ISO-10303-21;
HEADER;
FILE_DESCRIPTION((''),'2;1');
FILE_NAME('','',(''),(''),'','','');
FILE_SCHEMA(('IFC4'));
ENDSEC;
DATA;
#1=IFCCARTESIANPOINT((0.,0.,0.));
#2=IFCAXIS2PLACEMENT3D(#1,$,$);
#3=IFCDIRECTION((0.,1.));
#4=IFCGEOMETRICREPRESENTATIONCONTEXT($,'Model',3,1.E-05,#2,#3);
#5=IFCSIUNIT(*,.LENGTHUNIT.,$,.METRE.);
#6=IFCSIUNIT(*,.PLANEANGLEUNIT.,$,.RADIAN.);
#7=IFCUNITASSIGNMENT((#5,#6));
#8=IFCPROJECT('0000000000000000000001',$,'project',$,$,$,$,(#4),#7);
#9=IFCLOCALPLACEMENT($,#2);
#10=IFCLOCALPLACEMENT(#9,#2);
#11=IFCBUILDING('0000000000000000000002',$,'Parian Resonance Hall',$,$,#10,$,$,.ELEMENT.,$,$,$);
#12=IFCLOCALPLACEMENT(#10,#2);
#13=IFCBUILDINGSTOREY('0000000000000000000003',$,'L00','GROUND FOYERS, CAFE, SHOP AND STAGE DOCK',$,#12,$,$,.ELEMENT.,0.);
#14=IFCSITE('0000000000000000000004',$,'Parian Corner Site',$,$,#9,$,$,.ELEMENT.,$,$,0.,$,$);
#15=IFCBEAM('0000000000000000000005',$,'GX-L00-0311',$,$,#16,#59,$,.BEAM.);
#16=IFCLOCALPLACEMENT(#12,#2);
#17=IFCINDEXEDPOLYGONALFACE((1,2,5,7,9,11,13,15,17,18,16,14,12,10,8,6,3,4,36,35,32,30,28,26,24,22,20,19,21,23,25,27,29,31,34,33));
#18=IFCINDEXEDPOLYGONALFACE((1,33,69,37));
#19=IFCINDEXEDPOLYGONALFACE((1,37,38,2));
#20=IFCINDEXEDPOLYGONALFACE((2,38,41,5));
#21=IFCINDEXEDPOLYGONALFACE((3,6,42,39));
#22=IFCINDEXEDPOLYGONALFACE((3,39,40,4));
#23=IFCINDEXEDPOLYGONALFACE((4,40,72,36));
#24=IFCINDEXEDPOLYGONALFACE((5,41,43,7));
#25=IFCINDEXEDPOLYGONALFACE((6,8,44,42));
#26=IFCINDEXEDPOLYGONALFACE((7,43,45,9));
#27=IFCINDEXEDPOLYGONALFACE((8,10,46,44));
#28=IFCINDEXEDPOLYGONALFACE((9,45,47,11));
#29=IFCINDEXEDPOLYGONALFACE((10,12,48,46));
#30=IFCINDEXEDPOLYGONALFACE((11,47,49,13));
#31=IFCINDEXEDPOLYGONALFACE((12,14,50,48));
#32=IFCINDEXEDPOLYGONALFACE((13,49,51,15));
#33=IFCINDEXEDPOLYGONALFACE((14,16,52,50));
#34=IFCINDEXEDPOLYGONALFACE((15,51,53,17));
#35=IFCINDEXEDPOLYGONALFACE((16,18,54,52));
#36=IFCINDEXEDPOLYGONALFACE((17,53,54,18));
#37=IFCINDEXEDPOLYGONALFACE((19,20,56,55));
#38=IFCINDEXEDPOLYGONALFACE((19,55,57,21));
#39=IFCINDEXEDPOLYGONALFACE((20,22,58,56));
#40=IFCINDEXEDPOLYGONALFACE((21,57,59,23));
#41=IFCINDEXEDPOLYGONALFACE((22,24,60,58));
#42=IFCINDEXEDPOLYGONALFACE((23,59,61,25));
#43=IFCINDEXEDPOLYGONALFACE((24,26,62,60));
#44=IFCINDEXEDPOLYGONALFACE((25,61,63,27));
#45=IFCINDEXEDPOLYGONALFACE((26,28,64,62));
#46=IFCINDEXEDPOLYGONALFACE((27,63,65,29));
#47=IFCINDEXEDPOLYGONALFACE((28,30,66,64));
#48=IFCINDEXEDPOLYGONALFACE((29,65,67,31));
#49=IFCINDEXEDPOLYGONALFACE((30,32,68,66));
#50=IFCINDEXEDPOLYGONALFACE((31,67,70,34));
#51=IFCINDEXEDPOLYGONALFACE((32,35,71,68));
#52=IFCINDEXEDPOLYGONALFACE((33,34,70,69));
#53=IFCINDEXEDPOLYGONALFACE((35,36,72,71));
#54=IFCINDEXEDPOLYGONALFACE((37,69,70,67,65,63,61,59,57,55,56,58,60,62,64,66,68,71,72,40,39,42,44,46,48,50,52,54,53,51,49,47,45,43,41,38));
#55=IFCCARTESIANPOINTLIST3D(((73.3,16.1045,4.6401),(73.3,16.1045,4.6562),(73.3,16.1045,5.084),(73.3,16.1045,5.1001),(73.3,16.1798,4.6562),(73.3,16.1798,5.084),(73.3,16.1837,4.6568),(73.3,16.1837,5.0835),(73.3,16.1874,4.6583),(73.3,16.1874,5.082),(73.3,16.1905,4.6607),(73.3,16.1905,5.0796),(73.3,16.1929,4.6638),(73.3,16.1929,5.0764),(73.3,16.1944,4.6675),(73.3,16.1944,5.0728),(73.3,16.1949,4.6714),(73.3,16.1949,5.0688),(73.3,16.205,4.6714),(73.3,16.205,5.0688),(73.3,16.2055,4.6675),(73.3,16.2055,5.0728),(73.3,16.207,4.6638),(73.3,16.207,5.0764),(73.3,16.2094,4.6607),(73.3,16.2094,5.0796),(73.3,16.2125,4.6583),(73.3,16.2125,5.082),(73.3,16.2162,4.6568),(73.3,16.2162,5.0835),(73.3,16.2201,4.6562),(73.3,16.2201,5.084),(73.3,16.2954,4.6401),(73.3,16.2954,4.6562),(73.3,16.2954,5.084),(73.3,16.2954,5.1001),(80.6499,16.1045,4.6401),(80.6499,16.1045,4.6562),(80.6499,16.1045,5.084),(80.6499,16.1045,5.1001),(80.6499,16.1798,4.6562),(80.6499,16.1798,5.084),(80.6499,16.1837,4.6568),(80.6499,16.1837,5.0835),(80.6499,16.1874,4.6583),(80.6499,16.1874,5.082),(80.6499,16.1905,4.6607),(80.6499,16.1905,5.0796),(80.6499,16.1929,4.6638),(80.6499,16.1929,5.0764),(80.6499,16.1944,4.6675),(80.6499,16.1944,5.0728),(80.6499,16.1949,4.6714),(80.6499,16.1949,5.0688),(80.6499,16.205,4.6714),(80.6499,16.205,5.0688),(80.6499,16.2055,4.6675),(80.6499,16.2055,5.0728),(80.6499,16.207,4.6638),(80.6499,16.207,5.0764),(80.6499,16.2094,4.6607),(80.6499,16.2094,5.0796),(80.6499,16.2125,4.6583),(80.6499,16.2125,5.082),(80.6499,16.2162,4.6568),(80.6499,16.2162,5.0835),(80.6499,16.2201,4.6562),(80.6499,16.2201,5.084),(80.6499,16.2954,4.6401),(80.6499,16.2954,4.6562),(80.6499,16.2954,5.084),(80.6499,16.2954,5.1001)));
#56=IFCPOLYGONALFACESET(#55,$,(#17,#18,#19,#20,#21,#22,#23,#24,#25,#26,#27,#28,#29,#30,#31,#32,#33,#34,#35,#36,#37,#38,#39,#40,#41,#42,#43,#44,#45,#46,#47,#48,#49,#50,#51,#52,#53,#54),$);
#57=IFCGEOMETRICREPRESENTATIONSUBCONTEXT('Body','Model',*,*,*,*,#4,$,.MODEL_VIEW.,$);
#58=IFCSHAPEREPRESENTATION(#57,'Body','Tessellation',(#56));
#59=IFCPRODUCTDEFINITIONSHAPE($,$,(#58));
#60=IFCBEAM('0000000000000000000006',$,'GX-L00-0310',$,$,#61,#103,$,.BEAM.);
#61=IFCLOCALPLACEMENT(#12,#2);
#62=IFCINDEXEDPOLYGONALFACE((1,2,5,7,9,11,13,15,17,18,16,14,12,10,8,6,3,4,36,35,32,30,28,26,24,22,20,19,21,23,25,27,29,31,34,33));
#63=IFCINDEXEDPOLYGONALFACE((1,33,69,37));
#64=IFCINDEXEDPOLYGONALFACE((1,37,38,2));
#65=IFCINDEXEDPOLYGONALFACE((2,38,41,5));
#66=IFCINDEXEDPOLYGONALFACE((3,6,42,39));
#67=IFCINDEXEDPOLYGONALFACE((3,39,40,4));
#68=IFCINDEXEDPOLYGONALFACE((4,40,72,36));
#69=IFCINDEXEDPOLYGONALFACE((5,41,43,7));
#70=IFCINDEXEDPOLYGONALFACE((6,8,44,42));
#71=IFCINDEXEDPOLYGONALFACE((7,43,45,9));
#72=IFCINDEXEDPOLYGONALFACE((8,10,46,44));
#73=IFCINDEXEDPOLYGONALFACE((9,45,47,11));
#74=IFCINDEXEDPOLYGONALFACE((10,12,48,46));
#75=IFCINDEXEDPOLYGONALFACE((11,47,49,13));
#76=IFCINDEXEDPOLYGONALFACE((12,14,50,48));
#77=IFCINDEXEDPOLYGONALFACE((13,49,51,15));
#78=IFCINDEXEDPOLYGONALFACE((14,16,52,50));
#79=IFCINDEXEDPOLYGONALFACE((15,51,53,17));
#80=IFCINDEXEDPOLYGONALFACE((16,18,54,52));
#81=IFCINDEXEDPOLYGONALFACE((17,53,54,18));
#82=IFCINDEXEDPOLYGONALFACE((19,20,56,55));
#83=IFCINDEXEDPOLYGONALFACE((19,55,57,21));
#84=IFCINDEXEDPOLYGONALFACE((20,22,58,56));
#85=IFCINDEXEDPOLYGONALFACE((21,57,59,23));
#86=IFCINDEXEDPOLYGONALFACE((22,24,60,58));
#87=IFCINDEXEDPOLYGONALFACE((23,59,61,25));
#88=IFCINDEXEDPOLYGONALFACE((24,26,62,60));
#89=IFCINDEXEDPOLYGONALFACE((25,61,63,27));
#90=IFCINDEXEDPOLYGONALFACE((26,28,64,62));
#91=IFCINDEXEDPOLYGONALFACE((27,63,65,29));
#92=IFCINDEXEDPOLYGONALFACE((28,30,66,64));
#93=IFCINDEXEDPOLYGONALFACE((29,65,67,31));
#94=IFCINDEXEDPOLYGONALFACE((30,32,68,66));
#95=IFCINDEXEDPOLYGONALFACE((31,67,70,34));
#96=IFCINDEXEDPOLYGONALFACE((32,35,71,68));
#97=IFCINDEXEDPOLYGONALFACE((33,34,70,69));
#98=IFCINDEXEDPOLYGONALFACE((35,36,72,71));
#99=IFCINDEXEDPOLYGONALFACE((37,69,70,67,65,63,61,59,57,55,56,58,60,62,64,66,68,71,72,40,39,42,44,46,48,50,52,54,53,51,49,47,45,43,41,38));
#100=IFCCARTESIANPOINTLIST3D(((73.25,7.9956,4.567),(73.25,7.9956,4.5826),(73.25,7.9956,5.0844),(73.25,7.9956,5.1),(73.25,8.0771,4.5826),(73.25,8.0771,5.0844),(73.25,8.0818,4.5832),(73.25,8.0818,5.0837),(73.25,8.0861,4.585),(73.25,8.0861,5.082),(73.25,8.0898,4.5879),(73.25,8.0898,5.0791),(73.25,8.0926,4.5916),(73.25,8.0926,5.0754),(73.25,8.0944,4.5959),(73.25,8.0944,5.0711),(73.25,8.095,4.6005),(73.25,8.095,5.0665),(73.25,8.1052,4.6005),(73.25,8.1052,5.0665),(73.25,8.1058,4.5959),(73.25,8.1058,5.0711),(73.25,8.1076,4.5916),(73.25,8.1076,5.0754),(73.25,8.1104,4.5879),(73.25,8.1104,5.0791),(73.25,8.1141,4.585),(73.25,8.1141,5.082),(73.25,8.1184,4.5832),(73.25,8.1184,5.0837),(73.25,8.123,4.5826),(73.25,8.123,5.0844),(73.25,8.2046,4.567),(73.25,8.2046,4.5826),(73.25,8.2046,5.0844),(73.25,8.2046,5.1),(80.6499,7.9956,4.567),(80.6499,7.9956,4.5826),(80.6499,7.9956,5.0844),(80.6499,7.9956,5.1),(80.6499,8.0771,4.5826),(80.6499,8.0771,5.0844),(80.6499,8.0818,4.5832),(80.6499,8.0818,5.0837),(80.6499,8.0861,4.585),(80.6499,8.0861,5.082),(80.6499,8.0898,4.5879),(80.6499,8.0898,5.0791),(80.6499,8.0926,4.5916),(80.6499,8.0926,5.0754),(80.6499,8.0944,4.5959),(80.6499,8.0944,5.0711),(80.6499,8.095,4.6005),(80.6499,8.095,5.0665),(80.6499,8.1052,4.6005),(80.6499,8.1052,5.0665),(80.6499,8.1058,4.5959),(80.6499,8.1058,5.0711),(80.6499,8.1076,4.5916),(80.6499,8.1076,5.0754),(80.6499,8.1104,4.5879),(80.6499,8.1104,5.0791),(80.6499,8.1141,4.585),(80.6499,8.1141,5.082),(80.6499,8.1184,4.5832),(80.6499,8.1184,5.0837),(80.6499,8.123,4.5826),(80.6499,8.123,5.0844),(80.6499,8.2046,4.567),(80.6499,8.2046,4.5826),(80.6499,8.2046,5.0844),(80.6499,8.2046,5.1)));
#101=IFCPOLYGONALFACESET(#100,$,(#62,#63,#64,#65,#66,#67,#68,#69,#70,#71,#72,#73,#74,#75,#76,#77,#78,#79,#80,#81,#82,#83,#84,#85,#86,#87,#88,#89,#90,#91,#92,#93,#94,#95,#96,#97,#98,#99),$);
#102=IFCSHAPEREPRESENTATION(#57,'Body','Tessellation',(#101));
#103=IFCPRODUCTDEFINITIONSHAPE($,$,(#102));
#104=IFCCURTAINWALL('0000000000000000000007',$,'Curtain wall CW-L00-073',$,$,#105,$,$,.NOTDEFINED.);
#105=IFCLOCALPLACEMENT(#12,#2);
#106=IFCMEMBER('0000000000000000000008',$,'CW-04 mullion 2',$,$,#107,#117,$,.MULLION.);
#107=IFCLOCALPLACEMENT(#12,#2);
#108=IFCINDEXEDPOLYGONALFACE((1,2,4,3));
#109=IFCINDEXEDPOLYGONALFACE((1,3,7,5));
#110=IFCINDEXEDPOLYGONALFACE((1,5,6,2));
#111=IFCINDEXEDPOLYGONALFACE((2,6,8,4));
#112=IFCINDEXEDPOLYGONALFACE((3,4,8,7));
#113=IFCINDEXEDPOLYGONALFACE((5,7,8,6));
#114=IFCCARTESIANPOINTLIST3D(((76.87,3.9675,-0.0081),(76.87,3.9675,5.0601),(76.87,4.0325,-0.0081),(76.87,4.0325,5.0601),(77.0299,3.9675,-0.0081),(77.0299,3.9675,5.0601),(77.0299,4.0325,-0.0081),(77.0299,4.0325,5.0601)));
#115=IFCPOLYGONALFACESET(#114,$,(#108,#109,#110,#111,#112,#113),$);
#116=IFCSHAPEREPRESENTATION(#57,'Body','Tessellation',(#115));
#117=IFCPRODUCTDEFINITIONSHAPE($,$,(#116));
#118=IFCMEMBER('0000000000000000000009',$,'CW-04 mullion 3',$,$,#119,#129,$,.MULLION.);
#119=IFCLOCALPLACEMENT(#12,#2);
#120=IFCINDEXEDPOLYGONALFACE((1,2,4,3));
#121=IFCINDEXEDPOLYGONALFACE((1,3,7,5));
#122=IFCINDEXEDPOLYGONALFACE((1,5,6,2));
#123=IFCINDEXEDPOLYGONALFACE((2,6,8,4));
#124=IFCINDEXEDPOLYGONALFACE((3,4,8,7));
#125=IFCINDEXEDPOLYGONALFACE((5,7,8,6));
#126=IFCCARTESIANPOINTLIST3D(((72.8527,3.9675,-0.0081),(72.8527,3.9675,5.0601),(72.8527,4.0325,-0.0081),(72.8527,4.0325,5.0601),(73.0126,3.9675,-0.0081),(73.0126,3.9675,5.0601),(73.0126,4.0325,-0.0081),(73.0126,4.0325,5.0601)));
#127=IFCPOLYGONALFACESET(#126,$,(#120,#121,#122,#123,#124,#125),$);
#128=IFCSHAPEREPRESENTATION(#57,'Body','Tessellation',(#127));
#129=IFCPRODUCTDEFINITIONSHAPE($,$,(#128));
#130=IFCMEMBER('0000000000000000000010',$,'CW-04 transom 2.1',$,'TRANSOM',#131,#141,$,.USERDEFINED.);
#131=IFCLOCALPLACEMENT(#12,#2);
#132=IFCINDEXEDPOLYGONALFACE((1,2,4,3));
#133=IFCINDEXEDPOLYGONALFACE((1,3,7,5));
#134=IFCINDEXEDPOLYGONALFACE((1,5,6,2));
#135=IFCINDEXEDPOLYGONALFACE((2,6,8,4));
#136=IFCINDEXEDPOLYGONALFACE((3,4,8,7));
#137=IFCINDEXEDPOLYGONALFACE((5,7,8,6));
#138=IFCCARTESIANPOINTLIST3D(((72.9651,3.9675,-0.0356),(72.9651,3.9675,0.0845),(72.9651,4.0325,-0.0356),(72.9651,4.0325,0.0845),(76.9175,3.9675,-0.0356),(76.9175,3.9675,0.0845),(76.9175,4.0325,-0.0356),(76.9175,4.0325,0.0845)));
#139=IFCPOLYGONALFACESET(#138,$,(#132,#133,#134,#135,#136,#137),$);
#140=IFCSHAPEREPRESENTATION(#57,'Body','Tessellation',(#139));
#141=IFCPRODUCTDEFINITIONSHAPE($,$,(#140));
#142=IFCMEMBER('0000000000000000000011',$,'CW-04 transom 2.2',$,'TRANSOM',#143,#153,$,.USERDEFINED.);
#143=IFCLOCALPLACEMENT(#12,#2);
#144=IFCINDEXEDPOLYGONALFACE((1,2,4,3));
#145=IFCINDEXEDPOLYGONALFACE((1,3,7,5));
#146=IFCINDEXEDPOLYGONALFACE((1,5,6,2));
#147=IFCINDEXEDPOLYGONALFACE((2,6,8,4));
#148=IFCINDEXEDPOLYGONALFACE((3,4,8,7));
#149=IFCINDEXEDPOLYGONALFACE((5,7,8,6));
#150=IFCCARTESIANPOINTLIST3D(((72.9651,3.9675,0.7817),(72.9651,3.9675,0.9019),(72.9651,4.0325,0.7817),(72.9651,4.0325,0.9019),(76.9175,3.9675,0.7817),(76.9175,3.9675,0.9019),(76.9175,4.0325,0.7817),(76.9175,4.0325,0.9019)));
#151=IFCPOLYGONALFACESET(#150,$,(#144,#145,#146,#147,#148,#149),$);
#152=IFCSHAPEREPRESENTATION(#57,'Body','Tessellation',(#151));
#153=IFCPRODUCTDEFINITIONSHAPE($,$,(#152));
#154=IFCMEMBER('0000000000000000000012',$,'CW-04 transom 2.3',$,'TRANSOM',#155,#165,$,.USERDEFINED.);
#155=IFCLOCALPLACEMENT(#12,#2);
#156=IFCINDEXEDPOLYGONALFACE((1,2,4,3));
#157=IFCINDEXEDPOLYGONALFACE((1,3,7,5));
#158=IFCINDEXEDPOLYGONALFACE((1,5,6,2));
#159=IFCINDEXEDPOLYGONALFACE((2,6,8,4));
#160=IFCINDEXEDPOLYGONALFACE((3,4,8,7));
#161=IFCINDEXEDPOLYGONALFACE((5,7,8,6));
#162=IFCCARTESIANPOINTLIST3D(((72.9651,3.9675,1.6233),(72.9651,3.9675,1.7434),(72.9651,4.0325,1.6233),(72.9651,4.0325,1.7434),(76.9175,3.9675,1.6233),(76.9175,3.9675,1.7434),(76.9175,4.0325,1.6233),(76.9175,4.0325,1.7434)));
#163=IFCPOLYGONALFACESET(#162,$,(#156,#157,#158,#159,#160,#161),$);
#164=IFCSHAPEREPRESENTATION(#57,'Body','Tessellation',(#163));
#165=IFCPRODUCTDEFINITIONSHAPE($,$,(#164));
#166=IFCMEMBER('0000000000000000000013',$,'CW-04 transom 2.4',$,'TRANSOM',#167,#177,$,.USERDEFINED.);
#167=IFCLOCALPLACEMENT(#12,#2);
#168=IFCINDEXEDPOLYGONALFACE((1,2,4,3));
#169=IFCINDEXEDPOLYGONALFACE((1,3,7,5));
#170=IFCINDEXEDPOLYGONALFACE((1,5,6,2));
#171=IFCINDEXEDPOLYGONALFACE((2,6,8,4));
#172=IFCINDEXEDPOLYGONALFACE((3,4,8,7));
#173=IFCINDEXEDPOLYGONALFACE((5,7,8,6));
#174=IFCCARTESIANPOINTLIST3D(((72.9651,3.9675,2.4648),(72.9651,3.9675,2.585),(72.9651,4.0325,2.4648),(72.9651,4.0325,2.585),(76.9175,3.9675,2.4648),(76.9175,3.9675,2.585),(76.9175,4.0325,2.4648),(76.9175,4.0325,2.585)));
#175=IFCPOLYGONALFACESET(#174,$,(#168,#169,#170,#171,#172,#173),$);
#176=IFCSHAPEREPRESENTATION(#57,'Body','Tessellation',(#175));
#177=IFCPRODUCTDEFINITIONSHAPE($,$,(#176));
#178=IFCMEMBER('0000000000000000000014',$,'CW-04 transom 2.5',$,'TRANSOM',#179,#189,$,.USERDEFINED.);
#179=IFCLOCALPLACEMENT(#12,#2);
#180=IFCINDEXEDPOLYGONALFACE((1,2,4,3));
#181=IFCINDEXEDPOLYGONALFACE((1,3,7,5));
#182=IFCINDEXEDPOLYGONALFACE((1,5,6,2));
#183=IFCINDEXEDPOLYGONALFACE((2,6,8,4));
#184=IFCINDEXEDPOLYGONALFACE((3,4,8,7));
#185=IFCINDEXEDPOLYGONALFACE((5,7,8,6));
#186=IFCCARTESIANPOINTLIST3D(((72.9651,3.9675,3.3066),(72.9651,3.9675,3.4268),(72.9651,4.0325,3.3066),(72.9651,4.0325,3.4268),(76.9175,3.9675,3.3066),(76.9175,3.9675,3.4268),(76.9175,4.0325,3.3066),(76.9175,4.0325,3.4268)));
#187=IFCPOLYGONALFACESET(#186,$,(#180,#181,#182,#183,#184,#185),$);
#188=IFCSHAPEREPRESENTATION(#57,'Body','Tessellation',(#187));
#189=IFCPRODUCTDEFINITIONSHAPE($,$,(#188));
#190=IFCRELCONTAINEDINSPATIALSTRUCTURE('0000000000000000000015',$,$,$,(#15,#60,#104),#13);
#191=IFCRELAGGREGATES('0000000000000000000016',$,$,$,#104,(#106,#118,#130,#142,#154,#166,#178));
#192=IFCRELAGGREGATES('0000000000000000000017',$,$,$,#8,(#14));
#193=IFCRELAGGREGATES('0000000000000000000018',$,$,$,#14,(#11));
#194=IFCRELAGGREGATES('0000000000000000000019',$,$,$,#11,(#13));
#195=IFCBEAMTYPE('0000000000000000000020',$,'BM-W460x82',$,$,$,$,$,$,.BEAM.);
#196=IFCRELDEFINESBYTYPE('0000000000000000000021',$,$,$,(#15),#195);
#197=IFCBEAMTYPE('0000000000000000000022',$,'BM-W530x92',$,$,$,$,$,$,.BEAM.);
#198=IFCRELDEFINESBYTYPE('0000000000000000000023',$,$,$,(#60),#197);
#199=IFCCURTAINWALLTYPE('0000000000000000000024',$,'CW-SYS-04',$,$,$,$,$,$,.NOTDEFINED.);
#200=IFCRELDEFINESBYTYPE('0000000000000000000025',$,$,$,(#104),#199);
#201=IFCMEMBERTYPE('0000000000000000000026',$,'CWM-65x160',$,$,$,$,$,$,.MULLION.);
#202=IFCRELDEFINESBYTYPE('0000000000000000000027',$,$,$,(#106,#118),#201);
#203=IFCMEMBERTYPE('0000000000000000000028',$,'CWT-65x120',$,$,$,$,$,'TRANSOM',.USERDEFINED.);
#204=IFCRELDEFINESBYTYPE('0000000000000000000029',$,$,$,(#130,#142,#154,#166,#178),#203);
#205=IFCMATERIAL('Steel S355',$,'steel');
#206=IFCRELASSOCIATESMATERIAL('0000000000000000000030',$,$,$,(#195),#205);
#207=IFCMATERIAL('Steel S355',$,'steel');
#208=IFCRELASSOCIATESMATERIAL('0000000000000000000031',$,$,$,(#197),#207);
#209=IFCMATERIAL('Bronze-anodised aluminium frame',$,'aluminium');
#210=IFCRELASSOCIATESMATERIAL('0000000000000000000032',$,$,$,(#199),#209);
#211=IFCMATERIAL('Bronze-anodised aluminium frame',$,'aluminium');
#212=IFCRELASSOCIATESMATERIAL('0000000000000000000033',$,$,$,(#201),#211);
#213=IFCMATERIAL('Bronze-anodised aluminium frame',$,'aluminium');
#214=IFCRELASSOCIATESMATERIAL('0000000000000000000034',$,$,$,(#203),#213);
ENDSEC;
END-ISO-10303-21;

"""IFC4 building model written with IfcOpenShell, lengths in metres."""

from ifc_helpers import new_model, si_unit, direction, frame, origin, origin_2d, place, context, subcontext, project, spatial, rectangle, i_section, extrude, material, material_profile, profile_set, type_object, element, aggregate, save


model = new_model("IFC4")

# Units and contexts
model_context = context("Model", 3, precision=1e-05, world=origin(), true_north=direction((0.0, 1.0)))
body_context = subcontext(model_context, "Body", "Model", "MODEL_VIEW")
ifc_project = project(units=[si_unit("LENGTHUNIT", "METRE"), si_unit("PLANEANGLEUNIT", "RADIAN")], contexts=[model_context])

# Site, building, storey
site_placement = place(None, origin())
site = spatial("IfcSite", under=ifc_project, at=site_placement, Name="Parian Corner Site", CompositionType="ELEMENT", RefElevation=0.0)
building_placement = place(site_placement, origin())
building = spatial("IfcBuilding", under=site, at=building_placement, Name="Parian Resonance Hall", CompositionType="ELEMENT")
storey_placement = place(building_placement, origin())
storey = spatial("IfcBuildingStorey", under=building, at=storey_placement, Name="L00", Description="GROUND FOYERS, CAFE, SHOP AND STAGE DOCK", CompositionType="ELEMENT", Elevation=0.0)

# Beams
ifc_material_1 = material(Name="Steel S355", Category="steel")
ifc_material_profile_1 = material_profile(ifc_material_1, i_section(OverallWidth=0.1909, OverallDepth=0.46, WebThickness=0.01, FlangeThickness=0.0161, FilletRadius=0.0151, at=origin_2d()), Name="W460x82")
ifc_profile_set_1 = profile_set([ifc_material_profile_1], Name="Steel S355")
beam_type_1 = type_object("IfcBeamType", Name="BM-W460x82", PredefinedType="BEAM", material=ifc_profile_set_1)
beam_1_placement = place(storey_placement, frame((73.3, 16.2, 4.8701), z_axis=(1.0, 0.0, 0.0), x_axis=(0.0, 1.0, 0.0)))
element("IfcBeam", 1, at=beam_1_placement, inside=storey, type_object=beam_type_1, Name="GX-L00-0311", PredefinedType="BEAM", context=body_context, shape_type="SweptSolid", body=[
    extrude(i_section(OverallWidth=0.1909, OverallDepth=0.46, WebThickness=0.01, FlangeThickness=0.0161, FilletRadius=0.0151, at=origin_2d()), origin(), (0.0, 0.0, 1.0), 7.3499),
])
ifc_material_2 = material(Name="Steel S355", Category="steel")
ifc_material_profile_2 = material_profile(ifc_material_2, i_section(OverallWidth=0.209, OverallDepth=0.533, WebThickness=0.0103, FlangeThickness=0.0156, FilletRadius=0.0178, at=origin_2d()), Name="W530x92")
ifc_profile_set_2 = profile_set([ifc_material_profile_2], Name="Steel S355")
beam_type_2 = type_object("IfcBeamType", Name="BM-W530x92", PredefinedType="BEAM", material=ifc_profile_set_2)
beam_2_placement = place(storey_placement, frame((73.25, 8.1001, 4.8335), z_axis=(1.0, 0.0, 0.0), x_axis=(0.0, 1.0, 0.0)))
element("IfcBeam", 2, at=beam_2_placement, inside=storey, type_object=beam_type_2, Name="GX-L00-0310", PredefinedType="BEAM", context=body_context, shape_type="SweptSolid", body=[
    extrude(i_section(OverallWidth=0.209, OverallDepth=0.533, WebThickness=0.0103, FlangeThickness=0.0156, FilletRadius=0.0178, at=origin_2d()), origin(), (0.0, 0.0, 1.0), 7.3999),
])

# Curtain wall, members
ifc_material_3 = material(Name="Bronze-anodised aluminium frame", Category="aluminium")
curtain_wall_type = type_object("IfcCurtainWallType", Name="CW-SYS-04", PredefinedType="NOTDEFINED", material=ifc_material_3)
curtain_wall_placement = place(storey_placement, origin())
curtain_wall = element("IfcCurtainWall", 3, at=curtain_wall_placement, inside=storey, type_object=curtain_wall_type, Name="Curtain wall CW-L00-073", PredefinedType="NOTDEFINED")
ifc_material_4 = material(Name="Bronze-anodised aluminium frame", Category="aluminium")
ifc_material_profile_3 = material_profile(ifc_material_4, rectangle(XDim=0.0649, YDim=0.1599, at=origin_2d()), Name="CWM-65x160")
ifc_profile_set_3 = profile_set([ifc_material_profile_3], Name="Bronze-anodised aluminium frame")
member_type_1 = type_object("IfcMemberType", Name="CWM-65x160", PredefinedType="MULLION", material=ifc_profile_set_3)
member_1_placement = place(storey_placement, frame((76.95, 4.0, -0.0081), z_axis=(0.0, 0.0, 1.0), x_axis=(0.0, -1.0, 0.0)))
member_1 = element("IfcMember", 4, at=member_1_placement, type_object=member_type_1, Name="CW-04 mullion 2", PredefinedType="MULLION", context=body_context, shape_type="SweptSolid", body=[
    extrude(rectangle(XDim=0.0649, YDim=0.1599, at=origin_2d()), origin(), (0.0, 0.0, 1.0), 5.0681),
])
member_2_placement = place(storey_placement, frame((72.9326, 4.0, -0.0081), z_axis=(0.0, 0.0, 1.0), x_axis=(0.0, -1.0, 0.0)))
member_2 = element("IfcMember", 5, at=member_2_placement, type_object=member_type_1, Name="CW-04 mullion 3", PredefinedType="MULLION", context=body_context, shape_type="SweptSolid", body=[
    extrude(rectangle(XDim=0.0649, YDim=0.1599, at=origin_2d()), origin(), (0.0, 0.0, 1.0), 5.0681),
])
ifc_material_5 = material(Name="Bronze-anodised aluminium frame", Category="aluminium")
ifc_material_profile_4 = material_profile(ifc_material_5, rectangle(XDim=0.0649, YDim=0.1201, at=origin_2d()), Name="CWT-65x120")
ifc_profile_set_4 = profile_set([ifc_material_profile_4], Name="Bronze-anodised aluminium frame")
member_type_2 = type_object("IfcMemberType", Name="CWT-65x120", ElementType="TRANSOM", PredefinedType="USERDEFINED", material=ifc_profile_set_4)
member_3_placement = place(storey_placement, frame((76.9175, 4.0, 0.0244), z_axis=(-1.0, 0.0, 0.0), x_axis=(0.0, -1.0, 0.0)))
member_3 = element("IfcMember", 6, at=member_3_placement, type_object=member_type_2, Name="CW-04 transom 2.1", ObjectType="TRANSOM", PredefinedType="USERDEFINED", context=body_context, shape_type="SweptSolid", body=[
    extrude(rectangle(XDim=0.0649, YDim=0.1201, at=origin_2d()), origin(), (0.0, 0.0, 1.0), 3.9524),
])
member_4_placement = place(storey_placement, frame((76.9175, 4.0, 0.8418), z_axis=(-1.0, 0.0, 0.0), x_axis=(0.0, -1.0, 0.0)))
member_4 = element("IfcMember", 7, at=member_4_placement, type_object=member_type_2, Name="CW-04 transom 2.2", ObjectType="TRANSOM", PredefinedType="USERDEFINED", context=body_context, shape_type="SweptSolid", body=[
    extrude(rectangle(XDim=0.0649, YDim=0.1201, at=origin_2d()), origin(), (0.0, 0.0, 1.0), 3.9524),
])
member_5_placement = place(storey_placement, frame((76.9175, 4.0, 1.6833), z_axis=(-1.0, 0.0, 0.0), x_axis=(0.0, -1.0, 0.0)))
member_5 = element("IfcMember", 8, at=member_5_placement, type_object=member_type_2, Name="CW-04 transom 2.3", ObjectType="TRANSOM", PredefinedType="USERDEFINED", context=body_context, shape_type="SweptSolid", body=[
    extrude(rectangle(XDim=0.0649, YDim=0.1201, at=origin_2d()), origin(), (0.0, 0.0, 1.0), 3.9524),
])
member_6_placement = place(storey_placement, frame((76.9175, 4.0, 2.5249), z_axis=(-1.0, 0.0, 0.0), x_axis=(0.0, -1.0, 0.0)))
member_6 = element("IfcMember", 9, at=member_6_placement, type_object=member_type_2, Name="CW-04 transom 2.4", ObjectType="TRANSOM", PredefinedType="USERDEFINED", context=body_context, shape_type="SweptSolid", body=[
    extrude(rectangle(XDim=0.0649, YDim=0.1201, at=origin_2d()), origin(), (0.0, 0.0, 1.0), 3.9524),
])
member_7_placement = place(storey_placement, frame((76.9175, 4.0, 3.3667), z_axis=(-1.0, 0.0, 0.0), x_axis=(0.0, -1.0, 0.0)))
member_7 = element("IfcMember", 10, at=member_7_placement, type_object=member_type_2, Name="CW-04 transom 2.5", ObjectType="TRANSOM", PredefinedType="USERDEFINED", context=body_context, shape_type="SweptSolid", body=[
    extrude(rectangle(XDim=0.0649, YDim=0.1201, at=origin_2d()), origin(), (0.0, 0.0, 1.0), 3.9524),
])
aggregate(curtain_wall, [member_1, member_2, member_3, member_4, member_5, member_6, member_7])

save(model, "model.ifc")
